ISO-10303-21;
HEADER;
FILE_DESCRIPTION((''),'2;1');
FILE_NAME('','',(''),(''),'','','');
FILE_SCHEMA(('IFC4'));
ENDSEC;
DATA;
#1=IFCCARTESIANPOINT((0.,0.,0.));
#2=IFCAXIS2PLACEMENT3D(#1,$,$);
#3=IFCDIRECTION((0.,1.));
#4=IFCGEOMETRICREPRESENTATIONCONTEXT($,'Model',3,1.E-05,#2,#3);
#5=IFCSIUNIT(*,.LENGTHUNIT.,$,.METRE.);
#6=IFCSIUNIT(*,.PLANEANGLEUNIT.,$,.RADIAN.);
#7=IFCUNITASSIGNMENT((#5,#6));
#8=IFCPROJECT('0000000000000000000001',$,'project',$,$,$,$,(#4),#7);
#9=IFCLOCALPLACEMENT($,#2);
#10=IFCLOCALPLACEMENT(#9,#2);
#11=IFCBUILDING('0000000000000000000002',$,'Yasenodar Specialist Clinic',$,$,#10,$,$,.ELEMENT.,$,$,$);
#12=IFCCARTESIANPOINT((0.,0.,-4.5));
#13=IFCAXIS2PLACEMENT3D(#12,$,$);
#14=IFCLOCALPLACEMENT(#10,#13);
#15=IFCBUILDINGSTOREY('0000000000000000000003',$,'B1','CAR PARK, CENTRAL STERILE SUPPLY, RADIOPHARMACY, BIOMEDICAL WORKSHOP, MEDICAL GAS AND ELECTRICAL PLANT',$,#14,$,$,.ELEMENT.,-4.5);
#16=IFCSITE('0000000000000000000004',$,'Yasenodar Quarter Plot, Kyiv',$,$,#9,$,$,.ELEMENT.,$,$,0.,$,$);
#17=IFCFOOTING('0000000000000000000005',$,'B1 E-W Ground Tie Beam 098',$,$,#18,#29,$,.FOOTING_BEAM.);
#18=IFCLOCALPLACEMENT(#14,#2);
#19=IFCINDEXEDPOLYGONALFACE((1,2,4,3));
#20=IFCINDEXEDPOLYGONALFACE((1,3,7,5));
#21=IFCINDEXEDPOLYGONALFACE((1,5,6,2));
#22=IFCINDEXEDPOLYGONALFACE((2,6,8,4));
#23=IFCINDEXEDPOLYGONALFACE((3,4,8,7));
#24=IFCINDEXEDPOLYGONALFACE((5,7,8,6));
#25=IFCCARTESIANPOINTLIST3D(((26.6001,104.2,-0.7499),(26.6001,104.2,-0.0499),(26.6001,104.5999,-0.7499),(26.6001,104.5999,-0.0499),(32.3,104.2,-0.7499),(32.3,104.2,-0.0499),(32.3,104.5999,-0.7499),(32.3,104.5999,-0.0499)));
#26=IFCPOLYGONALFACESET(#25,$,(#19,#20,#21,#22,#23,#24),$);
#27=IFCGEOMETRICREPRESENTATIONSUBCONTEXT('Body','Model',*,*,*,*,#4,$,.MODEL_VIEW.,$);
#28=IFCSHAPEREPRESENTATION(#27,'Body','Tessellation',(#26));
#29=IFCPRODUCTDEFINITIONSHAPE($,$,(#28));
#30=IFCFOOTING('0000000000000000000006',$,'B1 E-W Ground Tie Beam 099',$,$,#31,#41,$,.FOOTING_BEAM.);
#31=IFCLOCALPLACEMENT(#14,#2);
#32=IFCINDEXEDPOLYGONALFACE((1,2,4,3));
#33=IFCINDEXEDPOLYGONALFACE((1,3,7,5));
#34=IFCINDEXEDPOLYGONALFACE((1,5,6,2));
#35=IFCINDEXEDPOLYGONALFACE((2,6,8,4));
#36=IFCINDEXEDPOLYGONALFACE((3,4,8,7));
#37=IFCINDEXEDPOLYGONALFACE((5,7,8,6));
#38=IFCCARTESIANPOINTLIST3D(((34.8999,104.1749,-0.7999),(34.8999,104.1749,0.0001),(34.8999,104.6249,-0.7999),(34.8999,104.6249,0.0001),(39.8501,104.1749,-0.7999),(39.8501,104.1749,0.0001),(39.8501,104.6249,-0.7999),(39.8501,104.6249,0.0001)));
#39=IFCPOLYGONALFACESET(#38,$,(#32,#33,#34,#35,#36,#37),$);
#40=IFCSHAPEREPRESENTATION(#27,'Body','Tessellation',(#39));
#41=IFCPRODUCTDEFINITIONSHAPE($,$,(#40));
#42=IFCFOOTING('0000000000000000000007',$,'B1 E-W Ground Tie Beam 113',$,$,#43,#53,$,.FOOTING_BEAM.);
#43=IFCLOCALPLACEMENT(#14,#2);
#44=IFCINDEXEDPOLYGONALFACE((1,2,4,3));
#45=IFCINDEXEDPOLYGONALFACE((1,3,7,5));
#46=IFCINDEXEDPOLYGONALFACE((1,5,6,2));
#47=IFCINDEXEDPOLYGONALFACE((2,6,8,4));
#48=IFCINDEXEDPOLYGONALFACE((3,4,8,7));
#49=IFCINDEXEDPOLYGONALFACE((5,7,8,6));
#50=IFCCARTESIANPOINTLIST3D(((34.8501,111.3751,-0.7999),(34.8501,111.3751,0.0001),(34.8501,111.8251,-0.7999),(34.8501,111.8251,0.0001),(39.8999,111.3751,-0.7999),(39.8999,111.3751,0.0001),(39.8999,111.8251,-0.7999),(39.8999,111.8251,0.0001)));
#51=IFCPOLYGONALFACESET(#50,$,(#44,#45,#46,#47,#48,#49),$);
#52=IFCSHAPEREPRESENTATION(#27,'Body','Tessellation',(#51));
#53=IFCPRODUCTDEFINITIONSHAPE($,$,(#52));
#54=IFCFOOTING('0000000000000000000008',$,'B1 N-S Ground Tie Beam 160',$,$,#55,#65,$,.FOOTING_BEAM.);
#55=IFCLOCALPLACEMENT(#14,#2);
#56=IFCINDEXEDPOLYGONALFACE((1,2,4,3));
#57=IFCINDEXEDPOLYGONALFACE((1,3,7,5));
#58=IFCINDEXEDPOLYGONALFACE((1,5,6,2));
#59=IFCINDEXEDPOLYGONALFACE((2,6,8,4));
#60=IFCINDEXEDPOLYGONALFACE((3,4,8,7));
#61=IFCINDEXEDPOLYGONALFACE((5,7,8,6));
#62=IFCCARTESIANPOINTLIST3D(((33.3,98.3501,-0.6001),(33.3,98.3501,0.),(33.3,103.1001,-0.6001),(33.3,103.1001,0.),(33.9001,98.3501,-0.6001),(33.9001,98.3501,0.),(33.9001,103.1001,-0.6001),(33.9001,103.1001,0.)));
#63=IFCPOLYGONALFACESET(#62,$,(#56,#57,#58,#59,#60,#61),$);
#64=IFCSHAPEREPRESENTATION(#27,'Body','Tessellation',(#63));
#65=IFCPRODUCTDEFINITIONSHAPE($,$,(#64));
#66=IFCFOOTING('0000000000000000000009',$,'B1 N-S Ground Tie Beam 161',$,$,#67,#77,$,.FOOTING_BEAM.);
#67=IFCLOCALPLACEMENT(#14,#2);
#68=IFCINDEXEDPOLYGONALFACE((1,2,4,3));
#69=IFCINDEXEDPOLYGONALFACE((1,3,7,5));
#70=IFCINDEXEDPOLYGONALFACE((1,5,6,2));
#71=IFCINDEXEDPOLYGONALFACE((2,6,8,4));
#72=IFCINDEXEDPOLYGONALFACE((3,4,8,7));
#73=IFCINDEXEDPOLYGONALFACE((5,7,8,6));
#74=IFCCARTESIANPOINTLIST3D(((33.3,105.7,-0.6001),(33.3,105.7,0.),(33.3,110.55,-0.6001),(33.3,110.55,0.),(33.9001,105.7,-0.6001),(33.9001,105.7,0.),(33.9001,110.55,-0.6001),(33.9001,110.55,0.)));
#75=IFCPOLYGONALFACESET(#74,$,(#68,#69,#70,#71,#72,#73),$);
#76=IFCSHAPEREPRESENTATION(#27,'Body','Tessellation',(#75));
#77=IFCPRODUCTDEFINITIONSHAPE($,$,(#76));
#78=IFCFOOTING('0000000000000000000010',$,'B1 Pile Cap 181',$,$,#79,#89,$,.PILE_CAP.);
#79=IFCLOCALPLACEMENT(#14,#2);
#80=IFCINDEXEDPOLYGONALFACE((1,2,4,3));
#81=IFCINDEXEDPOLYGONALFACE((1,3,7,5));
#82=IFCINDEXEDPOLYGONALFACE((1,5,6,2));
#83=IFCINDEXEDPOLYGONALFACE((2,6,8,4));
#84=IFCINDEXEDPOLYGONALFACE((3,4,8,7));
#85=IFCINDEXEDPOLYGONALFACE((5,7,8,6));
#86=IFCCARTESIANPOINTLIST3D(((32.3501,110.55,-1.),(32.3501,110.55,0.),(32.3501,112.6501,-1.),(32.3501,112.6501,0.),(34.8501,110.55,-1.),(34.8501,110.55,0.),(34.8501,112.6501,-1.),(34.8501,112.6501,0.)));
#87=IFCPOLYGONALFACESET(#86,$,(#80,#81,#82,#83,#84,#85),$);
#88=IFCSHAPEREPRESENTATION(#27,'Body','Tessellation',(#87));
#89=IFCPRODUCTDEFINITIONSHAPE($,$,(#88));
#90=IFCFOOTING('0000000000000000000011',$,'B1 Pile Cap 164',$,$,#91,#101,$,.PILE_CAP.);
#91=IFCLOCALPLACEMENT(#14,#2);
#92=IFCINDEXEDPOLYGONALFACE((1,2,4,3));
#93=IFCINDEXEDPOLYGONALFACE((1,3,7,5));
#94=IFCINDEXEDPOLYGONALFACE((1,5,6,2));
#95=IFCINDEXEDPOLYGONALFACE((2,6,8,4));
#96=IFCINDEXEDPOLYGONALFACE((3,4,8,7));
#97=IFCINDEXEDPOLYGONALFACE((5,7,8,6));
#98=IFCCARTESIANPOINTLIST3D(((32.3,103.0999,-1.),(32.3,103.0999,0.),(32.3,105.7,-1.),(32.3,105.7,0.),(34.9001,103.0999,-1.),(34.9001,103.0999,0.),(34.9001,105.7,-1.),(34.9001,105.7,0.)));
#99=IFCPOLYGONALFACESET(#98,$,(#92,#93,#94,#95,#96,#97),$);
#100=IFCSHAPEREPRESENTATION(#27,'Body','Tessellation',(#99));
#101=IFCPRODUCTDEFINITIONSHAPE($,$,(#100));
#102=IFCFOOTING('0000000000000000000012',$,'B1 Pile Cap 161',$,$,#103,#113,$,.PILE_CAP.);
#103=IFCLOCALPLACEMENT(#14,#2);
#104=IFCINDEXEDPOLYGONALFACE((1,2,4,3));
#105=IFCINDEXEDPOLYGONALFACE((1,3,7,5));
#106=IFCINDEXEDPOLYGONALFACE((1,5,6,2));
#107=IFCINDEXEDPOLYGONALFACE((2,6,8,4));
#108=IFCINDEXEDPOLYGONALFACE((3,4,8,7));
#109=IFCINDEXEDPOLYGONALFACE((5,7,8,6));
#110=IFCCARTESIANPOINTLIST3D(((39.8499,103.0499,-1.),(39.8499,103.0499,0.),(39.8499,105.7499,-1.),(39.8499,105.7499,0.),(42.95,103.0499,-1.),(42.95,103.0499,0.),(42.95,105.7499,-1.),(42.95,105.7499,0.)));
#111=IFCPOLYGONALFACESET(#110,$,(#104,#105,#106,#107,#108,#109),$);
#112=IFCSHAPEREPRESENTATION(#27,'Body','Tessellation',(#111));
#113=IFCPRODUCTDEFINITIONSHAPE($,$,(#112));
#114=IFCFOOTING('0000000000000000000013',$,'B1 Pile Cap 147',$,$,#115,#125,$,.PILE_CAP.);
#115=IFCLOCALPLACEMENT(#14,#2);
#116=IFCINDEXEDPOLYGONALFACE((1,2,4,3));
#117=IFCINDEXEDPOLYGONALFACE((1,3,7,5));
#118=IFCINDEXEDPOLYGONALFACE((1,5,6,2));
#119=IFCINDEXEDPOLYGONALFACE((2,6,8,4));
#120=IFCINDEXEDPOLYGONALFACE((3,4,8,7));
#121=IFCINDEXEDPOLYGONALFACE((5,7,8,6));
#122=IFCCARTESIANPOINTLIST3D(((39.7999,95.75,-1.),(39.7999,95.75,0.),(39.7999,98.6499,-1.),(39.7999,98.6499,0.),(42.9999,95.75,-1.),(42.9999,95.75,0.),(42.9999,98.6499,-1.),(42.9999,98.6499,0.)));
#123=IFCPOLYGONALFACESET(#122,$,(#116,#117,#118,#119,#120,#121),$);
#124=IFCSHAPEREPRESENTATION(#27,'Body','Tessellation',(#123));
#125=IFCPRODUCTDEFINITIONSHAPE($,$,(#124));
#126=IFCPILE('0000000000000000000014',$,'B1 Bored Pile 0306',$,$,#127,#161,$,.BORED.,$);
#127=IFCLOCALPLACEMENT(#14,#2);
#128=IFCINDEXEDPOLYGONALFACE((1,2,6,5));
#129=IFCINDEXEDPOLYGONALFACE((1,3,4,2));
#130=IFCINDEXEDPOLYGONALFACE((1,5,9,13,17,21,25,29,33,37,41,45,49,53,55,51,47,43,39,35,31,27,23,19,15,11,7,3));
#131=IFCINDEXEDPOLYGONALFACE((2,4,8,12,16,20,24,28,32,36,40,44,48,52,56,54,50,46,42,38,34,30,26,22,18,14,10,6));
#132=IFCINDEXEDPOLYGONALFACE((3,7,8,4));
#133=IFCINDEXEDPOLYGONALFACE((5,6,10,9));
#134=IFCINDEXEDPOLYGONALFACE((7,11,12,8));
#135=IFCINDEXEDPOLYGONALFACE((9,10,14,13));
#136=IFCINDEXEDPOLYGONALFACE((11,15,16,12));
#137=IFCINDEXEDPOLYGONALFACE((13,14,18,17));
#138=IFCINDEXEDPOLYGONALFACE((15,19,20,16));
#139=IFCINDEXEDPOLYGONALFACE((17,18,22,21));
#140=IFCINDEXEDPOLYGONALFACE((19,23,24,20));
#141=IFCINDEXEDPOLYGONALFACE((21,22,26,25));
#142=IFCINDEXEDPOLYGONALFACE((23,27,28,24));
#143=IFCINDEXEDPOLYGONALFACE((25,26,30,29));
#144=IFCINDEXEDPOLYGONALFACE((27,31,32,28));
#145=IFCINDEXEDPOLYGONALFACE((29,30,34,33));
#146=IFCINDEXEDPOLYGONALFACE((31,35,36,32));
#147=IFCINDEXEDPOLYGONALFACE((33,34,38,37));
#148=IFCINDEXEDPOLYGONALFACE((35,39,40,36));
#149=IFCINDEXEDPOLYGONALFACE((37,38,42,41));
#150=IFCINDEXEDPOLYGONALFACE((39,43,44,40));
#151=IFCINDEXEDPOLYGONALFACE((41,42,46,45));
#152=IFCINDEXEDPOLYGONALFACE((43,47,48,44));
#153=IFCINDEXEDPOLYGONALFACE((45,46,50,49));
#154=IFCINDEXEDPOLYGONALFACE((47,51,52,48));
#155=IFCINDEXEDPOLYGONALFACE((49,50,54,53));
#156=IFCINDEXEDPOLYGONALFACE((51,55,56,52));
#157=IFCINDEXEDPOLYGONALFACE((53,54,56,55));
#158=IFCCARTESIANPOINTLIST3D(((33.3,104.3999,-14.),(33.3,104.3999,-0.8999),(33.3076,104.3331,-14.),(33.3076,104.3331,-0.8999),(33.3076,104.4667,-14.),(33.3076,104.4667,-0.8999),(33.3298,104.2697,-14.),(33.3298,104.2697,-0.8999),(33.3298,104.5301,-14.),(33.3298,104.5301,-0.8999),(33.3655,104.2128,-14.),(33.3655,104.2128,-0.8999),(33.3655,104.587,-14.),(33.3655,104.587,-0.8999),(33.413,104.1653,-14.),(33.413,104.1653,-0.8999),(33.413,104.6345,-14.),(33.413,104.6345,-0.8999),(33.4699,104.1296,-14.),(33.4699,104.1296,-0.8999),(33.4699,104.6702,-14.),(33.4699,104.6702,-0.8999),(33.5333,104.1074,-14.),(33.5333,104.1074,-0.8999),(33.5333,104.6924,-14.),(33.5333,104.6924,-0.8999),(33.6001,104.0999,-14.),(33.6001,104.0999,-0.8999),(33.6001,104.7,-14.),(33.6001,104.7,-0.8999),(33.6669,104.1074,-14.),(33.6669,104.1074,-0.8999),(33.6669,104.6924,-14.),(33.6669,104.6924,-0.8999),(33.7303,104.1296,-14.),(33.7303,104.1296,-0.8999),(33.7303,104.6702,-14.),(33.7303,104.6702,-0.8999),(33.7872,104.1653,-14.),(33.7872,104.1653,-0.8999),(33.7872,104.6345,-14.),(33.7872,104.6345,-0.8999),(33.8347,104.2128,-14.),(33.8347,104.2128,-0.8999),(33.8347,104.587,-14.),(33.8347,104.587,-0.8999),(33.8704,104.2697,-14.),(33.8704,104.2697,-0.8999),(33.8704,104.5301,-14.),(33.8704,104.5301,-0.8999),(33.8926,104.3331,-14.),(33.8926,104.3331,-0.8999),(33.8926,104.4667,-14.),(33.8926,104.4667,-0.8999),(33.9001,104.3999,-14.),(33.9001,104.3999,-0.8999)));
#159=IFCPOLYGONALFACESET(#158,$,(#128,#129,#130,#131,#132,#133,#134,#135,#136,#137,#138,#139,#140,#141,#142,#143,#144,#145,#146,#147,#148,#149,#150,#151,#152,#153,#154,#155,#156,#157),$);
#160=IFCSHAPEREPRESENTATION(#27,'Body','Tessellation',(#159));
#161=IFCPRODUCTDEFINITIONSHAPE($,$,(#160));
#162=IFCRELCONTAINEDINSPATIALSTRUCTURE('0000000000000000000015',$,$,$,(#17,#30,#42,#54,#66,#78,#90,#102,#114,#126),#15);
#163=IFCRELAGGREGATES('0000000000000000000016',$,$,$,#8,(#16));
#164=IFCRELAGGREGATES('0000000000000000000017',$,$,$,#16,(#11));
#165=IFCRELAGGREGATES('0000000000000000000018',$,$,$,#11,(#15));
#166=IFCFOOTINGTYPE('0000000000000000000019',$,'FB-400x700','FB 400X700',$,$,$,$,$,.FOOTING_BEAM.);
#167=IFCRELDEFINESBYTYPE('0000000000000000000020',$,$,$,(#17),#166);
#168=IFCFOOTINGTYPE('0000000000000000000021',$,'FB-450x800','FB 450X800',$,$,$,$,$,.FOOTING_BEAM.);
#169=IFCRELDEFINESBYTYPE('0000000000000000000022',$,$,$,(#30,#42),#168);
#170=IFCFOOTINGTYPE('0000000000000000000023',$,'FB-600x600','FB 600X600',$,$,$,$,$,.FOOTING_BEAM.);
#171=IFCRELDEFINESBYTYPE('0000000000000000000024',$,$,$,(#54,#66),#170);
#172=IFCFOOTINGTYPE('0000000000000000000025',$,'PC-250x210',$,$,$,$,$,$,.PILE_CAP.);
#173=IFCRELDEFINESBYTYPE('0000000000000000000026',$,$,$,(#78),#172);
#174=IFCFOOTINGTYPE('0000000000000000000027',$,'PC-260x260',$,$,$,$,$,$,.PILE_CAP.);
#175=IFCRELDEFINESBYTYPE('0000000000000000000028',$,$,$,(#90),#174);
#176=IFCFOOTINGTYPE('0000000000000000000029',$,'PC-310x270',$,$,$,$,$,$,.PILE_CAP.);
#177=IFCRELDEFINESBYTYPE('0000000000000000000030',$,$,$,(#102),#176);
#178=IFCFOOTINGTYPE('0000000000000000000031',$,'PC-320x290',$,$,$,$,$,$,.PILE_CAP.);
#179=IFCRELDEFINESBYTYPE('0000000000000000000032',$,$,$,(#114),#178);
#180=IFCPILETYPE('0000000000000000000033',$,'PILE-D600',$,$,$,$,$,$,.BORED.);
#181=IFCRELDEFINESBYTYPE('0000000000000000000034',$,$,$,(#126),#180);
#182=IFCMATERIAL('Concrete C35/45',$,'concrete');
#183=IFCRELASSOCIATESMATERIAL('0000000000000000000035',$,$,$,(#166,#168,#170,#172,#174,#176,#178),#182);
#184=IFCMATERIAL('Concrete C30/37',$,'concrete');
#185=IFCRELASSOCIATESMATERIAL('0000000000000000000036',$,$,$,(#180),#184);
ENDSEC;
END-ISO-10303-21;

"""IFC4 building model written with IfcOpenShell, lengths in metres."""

from ifc_helpers import new_model, si_unit, direction, frame, origin, origin_2d, place, context, subcontext, project, spatial, rectangle, circle, extrude, material, material_profile, profile_set, type_object, element, save


model = new_model("IFC4")

# Units and contexts
model_context = context("Model", 3, precision=1e-05, world=origin(), true_north=direction((0.0, 1.0)))
body_context = subcontext(model_context, "Body", "Model", "MODEL_VIEW")
ifc_project = project(units=[si_unit("LENGTHUNIT", "METRE"), si_unit("PLANEANGLEUNIT", "RADIAN")], contexts=[model_context])

# Site, building, storey
site_placement = place(None, origin())
site = spatial("IfcSite", under=ifc_project, at=site_placement, Name="Yasenodar Quarter Plot, Kyiv", CompositionType="ELEMENT", RefElevation=0.0)
building_placement = place(site_placement, origin())
building = spatial("IfcBuilding", under=site, at=building_placement, Name="Yasenodar Specialist Clinic", CompositionType="ELEMENT")
storey_placement = place(building_placement, frame((0.0, 0.0, -4.5)))
storey = spatial("IfcBuildingStorey", under=building, at=storey_placement, Name="B1", Description="CAR PARK, CENTRAL STERILE SUPPLY, RADIOPHARMACY, BIOMEDICAL WORKSHOP, MEDICAL GAS AND ELECTRICAL PLANT", CompositionType="ELEMENT", Elevation=-4.5)

# Footings
ifc_material_1 = material(Name="Concrete C35/45", Category="concrete")
ifc_material_profile_1 = material_profile(ifc_material_1, rectangle(XDim=0.3999, YDim=0.7, at=origin_2d()), Name="RC 400x700")
ifc_profile_set_1 = profile_set([ifc_material_profile_1], Name="Concrete C35/45")
footing_type_1 = type_object("IfcFootingType", Name="FB-400x700", Description="FB 400X700", PredefinedType="FOOTING_BEAM", material=ifc_profile_set_1)
footing_1_placement = place(storey_placement, frame((26.6001, 104.3999, -0.3999), z_axis=(1.0, 0.0, 0.0), x_axis=(0.0, 1.0, 0.0)))
element("IfcFooting", 1, at=footing_1_placement, inside=storey, type_object=footing_type_1, Name="B1 E-W Ground Tie Beam 098", PredefinedType="FOOTING_BEAM", context=body_context, shape_type="SweptSolid", body=[
    extrude(rectangle(XDim=0.3999, YDim=0.7, at=origin_2d()), origin(), (0.0, 0.0, 1.0), 5.7),
])
ifc_material_profile_2 = material_profile(ifc_material_1, rectangle(XDim=0.45, YDim=0.8, at=origin_2d()), Name="RC 450x800")
ifc_profile_set_2 = profile_set([ifc_material_profile_2], Name="Concrete C35/45")
footing_type_2 = type_object("IfcFootingType", Name="FB-450x800", Description="FB 450X800", PredefinedType="FOOTING_BEAM", material=ifc_profile_set_2)
footing_2_placement = place(storey_placement, frame((34.8999, 104.3999, -0.3999), z_axis=(1.0, 0.0, 0.0), x_axis=(0.0, 1.0, 0.0)))
element("IfcFooting", 2, at=footing_2_placement, inside=storey, type_object=footing_type_2, Name="B1 E-W Ground Tie Beam 099", PredefinedType="FOOTING_BEAM", context=body_context, shape_type="SweptSolid", body=[
    extrude(rectangle(XDim=0.45, YDim=0.8, at=origin_2d()), origin(), (0.0, 0.0, 1.0), 4.9502),
])
footing_3_placement = place(storey_placement, frame((34.8501, 111.6001, -0.3999), z_axis=(1.0, 0.0, 0.0), x_axis=(0.0, 1.0, 0.0)))
element("IfcFooting", 3, at=footing_3_placement, inside=storey, type_object=footing_type_2, Name="B1 E-W Ground Tie Beam 113", PredefinedType="FOOTING_BEAM", context=body_context, shape_type="SweptSolid", body=[
    extrude(rectangle(XDim=0.45, YDim=0.8, at=origin_2d()), origin(), (0.0, 0.0, 1.0), 5.0498),
])
ifc_material_profile_3 = material_profile(ifc_material_1, rectangle(XDim=0.6001, YDim=0.6001, at=origin_2d()), Name="RC 600x600")
ifc_profile_set_3 = profile_set([ifc_material_profile_3], Name="Concrete C35/45")
footing_type_3 = type_object("IfcFootingType", Name="FB-600x600", Description="FB 600X600", PredefinedType="FOOTING_BEAM", material=ifc_profile_set_3)
footing_4_placement = place(storey_placement, frame((33.6001, 98.3501, -0.3), z_axis=(0.0, 1.0, 0.0), x_axis=(-1.0, 0.0, 0.0)))
element("IfcFooting", 4, at=footing_4_placement, inside=storey, type_object=footing_type_3, Name="B1 N-S Ground Tie Beam 160", PredefinedType="FOOTING_BEAM", context=body_context, shape_type="SweptSolid", body=[
    extrude(rectangle(XDim=0.6001, YDim=0.6001, at=origin_2d()), origin(), (0.0, 0.0, 1.0), 4.75),
])
footing_5_placement = place(storey_placement, frame((33.6001, 105.7, -0.3), z_axis=(0.0, 1.0, 0.0), x_axis=(-1.0, 0.0, 0.0)))
element("IfcFooting", 5, at=footing_5_placement, inside=storey, type_object=footing_type_3, Name="B1 N-S Ground Tie Beam 161", PredefinedType="FOOTING_BEAM", context=body_context, shape_type="SweptSolid", body=[
    extrude(rectangle(XDim=0.6001, YDim=0.6001, at=origin_2d()), origin(), (0.0, 0.0, 1.0), 4.8501),
])
footing_type_4 = type_object("IfcFootingType", Name="PC-250x210", PredefinedType="PILE_CAP", material=ifc_material_1)
footing_6_placement = place(storey_placement, frame((33.6001, 111.6001, -1.0), z_axis=(0.0, 0.0, 1.0), x_axis=(1.0, 0.0, 0.0)))
element("IfcFooting", 6, at=footing_6_placement, inside=storey, type_object=footing_type_4, Name="B1 Pile Cap 181", PredefinedType="PILE_CAP", context=body_context, shape_type="SweptSolid", body=[
    extrude(rectangle(XDim=2.5, YDim=2.1001, at=origin_2d()), origin(), (0.0, 0.0, 1.0), 1.0),
])
footing_type_5 = type_object("IfcFootingType", Name="PC-260x260", PredefinedType="PILE_CAP", material=ifc_material_1)
footing_7_placement = place(storey_placement, frame((33.6001, 104.3999, -1.0), z_axis=(0.0, 0.0, 1.0), x_axis=(1.0, 0.0, 0.0)))
element("IfcFooting", 7, at=footing_7_placement, inside=storey, type_object=footing_type_5, Name="B1 Pile Cap 164", PredefinedType="PILE_CAP", context=body_context, shape_type="SweptSolid", body=[
    extrude(rectangle(XDim=2.6001, YDim=2.6001, at=origin_2d()), origin(), (0.0, 0.0, 1.0), 1.0),
])
footing_type_6 = type_object("IfcFootingType", Name="PC-310x270", PredefinedType="PILE_CAP", material=ifc_material_1)
footing_8_placement = place(storey_placement, frame((41.3999, 104.3999, -1.0), z_axis=(0.0, 0.0, 1.0), x_axis=(1.0, 0.0, 0.0)))
element("IfcFooting", 8, at=footing_8_placement, inside=storey, type_object=footing_type_6, Name="B1 Pile Cap 161", PredefinedType="PILE_CAP", context=body_context, shape_type="SweptSolid", body=[
    extrude(rectangle(XDim=3.1001, YDim=2.7, at=origin_2d()), origin(), (0.0, 0.0, 1.0), 1.0),
])
footing_type_7 = type_object("IfcFootingType", Name="PC-320x290", PredefinedType="PILE_CAP", material=ifc_material_1)
footing_9_placement = place(storey_placement, frame((41.3999, 97.2, -1.0), z_axis=(0.0, 0.0, 1.0), x_axis=(1.0, 0.0, 0.0)))
element("IfcFooting", 9, at=footing_9_placement, inside=storey, type_object=footing_type_7, Name="B1 Pile Cap 147", PredefinedType="PILE_CAP", context=body_context, shape_type="SweptSolid", body=[
    extrude(rectangle(XDim=3.2, YDim=2.8999, at=origin_2d()), origin(), (0.0, 0.0, 1.0), 1.0),
])

# Pile
ifc_material_2 = material(Name="Concrete C30/37", Category="concrete")
ifc_material_profile_4 = material_profile(ifc_material_2, circle(Radius=0.3, at=origin_2d()), Name="PILE D600")
ifc_profile_set_4 = profile_set([ifc_material_profile_4], Name="Concrete C30/37")
pile_type_1 = type_object("IfcPileType", Name="PILE-D600", PredefinedType="BORED", material=ifc_profile_set_4)
for number, where, z_axis, x_axis, name in (
    (10, (33.6001, 104.3999, -0.8999), (0.0, 0.0, -1.0), (1.0, 0.0, 0.0), "B1 Bored Pile 0306"),
):
    element("IfcPile", number, at=place(storey_placement, frame(where, z_axis=z_axis, x_axis=x_axis)), inside=storey, type_object=pile_type_1, Name=name, PredefinedType="BORED", context=body_context, shape_type="SweptSolid", body=[
        extrude(circle(Radius=0.3, at=origin_2d()), origin(), (0.0, 0.0, 1.0), 13.1001),
    ])

save(model, "model.ifc")
